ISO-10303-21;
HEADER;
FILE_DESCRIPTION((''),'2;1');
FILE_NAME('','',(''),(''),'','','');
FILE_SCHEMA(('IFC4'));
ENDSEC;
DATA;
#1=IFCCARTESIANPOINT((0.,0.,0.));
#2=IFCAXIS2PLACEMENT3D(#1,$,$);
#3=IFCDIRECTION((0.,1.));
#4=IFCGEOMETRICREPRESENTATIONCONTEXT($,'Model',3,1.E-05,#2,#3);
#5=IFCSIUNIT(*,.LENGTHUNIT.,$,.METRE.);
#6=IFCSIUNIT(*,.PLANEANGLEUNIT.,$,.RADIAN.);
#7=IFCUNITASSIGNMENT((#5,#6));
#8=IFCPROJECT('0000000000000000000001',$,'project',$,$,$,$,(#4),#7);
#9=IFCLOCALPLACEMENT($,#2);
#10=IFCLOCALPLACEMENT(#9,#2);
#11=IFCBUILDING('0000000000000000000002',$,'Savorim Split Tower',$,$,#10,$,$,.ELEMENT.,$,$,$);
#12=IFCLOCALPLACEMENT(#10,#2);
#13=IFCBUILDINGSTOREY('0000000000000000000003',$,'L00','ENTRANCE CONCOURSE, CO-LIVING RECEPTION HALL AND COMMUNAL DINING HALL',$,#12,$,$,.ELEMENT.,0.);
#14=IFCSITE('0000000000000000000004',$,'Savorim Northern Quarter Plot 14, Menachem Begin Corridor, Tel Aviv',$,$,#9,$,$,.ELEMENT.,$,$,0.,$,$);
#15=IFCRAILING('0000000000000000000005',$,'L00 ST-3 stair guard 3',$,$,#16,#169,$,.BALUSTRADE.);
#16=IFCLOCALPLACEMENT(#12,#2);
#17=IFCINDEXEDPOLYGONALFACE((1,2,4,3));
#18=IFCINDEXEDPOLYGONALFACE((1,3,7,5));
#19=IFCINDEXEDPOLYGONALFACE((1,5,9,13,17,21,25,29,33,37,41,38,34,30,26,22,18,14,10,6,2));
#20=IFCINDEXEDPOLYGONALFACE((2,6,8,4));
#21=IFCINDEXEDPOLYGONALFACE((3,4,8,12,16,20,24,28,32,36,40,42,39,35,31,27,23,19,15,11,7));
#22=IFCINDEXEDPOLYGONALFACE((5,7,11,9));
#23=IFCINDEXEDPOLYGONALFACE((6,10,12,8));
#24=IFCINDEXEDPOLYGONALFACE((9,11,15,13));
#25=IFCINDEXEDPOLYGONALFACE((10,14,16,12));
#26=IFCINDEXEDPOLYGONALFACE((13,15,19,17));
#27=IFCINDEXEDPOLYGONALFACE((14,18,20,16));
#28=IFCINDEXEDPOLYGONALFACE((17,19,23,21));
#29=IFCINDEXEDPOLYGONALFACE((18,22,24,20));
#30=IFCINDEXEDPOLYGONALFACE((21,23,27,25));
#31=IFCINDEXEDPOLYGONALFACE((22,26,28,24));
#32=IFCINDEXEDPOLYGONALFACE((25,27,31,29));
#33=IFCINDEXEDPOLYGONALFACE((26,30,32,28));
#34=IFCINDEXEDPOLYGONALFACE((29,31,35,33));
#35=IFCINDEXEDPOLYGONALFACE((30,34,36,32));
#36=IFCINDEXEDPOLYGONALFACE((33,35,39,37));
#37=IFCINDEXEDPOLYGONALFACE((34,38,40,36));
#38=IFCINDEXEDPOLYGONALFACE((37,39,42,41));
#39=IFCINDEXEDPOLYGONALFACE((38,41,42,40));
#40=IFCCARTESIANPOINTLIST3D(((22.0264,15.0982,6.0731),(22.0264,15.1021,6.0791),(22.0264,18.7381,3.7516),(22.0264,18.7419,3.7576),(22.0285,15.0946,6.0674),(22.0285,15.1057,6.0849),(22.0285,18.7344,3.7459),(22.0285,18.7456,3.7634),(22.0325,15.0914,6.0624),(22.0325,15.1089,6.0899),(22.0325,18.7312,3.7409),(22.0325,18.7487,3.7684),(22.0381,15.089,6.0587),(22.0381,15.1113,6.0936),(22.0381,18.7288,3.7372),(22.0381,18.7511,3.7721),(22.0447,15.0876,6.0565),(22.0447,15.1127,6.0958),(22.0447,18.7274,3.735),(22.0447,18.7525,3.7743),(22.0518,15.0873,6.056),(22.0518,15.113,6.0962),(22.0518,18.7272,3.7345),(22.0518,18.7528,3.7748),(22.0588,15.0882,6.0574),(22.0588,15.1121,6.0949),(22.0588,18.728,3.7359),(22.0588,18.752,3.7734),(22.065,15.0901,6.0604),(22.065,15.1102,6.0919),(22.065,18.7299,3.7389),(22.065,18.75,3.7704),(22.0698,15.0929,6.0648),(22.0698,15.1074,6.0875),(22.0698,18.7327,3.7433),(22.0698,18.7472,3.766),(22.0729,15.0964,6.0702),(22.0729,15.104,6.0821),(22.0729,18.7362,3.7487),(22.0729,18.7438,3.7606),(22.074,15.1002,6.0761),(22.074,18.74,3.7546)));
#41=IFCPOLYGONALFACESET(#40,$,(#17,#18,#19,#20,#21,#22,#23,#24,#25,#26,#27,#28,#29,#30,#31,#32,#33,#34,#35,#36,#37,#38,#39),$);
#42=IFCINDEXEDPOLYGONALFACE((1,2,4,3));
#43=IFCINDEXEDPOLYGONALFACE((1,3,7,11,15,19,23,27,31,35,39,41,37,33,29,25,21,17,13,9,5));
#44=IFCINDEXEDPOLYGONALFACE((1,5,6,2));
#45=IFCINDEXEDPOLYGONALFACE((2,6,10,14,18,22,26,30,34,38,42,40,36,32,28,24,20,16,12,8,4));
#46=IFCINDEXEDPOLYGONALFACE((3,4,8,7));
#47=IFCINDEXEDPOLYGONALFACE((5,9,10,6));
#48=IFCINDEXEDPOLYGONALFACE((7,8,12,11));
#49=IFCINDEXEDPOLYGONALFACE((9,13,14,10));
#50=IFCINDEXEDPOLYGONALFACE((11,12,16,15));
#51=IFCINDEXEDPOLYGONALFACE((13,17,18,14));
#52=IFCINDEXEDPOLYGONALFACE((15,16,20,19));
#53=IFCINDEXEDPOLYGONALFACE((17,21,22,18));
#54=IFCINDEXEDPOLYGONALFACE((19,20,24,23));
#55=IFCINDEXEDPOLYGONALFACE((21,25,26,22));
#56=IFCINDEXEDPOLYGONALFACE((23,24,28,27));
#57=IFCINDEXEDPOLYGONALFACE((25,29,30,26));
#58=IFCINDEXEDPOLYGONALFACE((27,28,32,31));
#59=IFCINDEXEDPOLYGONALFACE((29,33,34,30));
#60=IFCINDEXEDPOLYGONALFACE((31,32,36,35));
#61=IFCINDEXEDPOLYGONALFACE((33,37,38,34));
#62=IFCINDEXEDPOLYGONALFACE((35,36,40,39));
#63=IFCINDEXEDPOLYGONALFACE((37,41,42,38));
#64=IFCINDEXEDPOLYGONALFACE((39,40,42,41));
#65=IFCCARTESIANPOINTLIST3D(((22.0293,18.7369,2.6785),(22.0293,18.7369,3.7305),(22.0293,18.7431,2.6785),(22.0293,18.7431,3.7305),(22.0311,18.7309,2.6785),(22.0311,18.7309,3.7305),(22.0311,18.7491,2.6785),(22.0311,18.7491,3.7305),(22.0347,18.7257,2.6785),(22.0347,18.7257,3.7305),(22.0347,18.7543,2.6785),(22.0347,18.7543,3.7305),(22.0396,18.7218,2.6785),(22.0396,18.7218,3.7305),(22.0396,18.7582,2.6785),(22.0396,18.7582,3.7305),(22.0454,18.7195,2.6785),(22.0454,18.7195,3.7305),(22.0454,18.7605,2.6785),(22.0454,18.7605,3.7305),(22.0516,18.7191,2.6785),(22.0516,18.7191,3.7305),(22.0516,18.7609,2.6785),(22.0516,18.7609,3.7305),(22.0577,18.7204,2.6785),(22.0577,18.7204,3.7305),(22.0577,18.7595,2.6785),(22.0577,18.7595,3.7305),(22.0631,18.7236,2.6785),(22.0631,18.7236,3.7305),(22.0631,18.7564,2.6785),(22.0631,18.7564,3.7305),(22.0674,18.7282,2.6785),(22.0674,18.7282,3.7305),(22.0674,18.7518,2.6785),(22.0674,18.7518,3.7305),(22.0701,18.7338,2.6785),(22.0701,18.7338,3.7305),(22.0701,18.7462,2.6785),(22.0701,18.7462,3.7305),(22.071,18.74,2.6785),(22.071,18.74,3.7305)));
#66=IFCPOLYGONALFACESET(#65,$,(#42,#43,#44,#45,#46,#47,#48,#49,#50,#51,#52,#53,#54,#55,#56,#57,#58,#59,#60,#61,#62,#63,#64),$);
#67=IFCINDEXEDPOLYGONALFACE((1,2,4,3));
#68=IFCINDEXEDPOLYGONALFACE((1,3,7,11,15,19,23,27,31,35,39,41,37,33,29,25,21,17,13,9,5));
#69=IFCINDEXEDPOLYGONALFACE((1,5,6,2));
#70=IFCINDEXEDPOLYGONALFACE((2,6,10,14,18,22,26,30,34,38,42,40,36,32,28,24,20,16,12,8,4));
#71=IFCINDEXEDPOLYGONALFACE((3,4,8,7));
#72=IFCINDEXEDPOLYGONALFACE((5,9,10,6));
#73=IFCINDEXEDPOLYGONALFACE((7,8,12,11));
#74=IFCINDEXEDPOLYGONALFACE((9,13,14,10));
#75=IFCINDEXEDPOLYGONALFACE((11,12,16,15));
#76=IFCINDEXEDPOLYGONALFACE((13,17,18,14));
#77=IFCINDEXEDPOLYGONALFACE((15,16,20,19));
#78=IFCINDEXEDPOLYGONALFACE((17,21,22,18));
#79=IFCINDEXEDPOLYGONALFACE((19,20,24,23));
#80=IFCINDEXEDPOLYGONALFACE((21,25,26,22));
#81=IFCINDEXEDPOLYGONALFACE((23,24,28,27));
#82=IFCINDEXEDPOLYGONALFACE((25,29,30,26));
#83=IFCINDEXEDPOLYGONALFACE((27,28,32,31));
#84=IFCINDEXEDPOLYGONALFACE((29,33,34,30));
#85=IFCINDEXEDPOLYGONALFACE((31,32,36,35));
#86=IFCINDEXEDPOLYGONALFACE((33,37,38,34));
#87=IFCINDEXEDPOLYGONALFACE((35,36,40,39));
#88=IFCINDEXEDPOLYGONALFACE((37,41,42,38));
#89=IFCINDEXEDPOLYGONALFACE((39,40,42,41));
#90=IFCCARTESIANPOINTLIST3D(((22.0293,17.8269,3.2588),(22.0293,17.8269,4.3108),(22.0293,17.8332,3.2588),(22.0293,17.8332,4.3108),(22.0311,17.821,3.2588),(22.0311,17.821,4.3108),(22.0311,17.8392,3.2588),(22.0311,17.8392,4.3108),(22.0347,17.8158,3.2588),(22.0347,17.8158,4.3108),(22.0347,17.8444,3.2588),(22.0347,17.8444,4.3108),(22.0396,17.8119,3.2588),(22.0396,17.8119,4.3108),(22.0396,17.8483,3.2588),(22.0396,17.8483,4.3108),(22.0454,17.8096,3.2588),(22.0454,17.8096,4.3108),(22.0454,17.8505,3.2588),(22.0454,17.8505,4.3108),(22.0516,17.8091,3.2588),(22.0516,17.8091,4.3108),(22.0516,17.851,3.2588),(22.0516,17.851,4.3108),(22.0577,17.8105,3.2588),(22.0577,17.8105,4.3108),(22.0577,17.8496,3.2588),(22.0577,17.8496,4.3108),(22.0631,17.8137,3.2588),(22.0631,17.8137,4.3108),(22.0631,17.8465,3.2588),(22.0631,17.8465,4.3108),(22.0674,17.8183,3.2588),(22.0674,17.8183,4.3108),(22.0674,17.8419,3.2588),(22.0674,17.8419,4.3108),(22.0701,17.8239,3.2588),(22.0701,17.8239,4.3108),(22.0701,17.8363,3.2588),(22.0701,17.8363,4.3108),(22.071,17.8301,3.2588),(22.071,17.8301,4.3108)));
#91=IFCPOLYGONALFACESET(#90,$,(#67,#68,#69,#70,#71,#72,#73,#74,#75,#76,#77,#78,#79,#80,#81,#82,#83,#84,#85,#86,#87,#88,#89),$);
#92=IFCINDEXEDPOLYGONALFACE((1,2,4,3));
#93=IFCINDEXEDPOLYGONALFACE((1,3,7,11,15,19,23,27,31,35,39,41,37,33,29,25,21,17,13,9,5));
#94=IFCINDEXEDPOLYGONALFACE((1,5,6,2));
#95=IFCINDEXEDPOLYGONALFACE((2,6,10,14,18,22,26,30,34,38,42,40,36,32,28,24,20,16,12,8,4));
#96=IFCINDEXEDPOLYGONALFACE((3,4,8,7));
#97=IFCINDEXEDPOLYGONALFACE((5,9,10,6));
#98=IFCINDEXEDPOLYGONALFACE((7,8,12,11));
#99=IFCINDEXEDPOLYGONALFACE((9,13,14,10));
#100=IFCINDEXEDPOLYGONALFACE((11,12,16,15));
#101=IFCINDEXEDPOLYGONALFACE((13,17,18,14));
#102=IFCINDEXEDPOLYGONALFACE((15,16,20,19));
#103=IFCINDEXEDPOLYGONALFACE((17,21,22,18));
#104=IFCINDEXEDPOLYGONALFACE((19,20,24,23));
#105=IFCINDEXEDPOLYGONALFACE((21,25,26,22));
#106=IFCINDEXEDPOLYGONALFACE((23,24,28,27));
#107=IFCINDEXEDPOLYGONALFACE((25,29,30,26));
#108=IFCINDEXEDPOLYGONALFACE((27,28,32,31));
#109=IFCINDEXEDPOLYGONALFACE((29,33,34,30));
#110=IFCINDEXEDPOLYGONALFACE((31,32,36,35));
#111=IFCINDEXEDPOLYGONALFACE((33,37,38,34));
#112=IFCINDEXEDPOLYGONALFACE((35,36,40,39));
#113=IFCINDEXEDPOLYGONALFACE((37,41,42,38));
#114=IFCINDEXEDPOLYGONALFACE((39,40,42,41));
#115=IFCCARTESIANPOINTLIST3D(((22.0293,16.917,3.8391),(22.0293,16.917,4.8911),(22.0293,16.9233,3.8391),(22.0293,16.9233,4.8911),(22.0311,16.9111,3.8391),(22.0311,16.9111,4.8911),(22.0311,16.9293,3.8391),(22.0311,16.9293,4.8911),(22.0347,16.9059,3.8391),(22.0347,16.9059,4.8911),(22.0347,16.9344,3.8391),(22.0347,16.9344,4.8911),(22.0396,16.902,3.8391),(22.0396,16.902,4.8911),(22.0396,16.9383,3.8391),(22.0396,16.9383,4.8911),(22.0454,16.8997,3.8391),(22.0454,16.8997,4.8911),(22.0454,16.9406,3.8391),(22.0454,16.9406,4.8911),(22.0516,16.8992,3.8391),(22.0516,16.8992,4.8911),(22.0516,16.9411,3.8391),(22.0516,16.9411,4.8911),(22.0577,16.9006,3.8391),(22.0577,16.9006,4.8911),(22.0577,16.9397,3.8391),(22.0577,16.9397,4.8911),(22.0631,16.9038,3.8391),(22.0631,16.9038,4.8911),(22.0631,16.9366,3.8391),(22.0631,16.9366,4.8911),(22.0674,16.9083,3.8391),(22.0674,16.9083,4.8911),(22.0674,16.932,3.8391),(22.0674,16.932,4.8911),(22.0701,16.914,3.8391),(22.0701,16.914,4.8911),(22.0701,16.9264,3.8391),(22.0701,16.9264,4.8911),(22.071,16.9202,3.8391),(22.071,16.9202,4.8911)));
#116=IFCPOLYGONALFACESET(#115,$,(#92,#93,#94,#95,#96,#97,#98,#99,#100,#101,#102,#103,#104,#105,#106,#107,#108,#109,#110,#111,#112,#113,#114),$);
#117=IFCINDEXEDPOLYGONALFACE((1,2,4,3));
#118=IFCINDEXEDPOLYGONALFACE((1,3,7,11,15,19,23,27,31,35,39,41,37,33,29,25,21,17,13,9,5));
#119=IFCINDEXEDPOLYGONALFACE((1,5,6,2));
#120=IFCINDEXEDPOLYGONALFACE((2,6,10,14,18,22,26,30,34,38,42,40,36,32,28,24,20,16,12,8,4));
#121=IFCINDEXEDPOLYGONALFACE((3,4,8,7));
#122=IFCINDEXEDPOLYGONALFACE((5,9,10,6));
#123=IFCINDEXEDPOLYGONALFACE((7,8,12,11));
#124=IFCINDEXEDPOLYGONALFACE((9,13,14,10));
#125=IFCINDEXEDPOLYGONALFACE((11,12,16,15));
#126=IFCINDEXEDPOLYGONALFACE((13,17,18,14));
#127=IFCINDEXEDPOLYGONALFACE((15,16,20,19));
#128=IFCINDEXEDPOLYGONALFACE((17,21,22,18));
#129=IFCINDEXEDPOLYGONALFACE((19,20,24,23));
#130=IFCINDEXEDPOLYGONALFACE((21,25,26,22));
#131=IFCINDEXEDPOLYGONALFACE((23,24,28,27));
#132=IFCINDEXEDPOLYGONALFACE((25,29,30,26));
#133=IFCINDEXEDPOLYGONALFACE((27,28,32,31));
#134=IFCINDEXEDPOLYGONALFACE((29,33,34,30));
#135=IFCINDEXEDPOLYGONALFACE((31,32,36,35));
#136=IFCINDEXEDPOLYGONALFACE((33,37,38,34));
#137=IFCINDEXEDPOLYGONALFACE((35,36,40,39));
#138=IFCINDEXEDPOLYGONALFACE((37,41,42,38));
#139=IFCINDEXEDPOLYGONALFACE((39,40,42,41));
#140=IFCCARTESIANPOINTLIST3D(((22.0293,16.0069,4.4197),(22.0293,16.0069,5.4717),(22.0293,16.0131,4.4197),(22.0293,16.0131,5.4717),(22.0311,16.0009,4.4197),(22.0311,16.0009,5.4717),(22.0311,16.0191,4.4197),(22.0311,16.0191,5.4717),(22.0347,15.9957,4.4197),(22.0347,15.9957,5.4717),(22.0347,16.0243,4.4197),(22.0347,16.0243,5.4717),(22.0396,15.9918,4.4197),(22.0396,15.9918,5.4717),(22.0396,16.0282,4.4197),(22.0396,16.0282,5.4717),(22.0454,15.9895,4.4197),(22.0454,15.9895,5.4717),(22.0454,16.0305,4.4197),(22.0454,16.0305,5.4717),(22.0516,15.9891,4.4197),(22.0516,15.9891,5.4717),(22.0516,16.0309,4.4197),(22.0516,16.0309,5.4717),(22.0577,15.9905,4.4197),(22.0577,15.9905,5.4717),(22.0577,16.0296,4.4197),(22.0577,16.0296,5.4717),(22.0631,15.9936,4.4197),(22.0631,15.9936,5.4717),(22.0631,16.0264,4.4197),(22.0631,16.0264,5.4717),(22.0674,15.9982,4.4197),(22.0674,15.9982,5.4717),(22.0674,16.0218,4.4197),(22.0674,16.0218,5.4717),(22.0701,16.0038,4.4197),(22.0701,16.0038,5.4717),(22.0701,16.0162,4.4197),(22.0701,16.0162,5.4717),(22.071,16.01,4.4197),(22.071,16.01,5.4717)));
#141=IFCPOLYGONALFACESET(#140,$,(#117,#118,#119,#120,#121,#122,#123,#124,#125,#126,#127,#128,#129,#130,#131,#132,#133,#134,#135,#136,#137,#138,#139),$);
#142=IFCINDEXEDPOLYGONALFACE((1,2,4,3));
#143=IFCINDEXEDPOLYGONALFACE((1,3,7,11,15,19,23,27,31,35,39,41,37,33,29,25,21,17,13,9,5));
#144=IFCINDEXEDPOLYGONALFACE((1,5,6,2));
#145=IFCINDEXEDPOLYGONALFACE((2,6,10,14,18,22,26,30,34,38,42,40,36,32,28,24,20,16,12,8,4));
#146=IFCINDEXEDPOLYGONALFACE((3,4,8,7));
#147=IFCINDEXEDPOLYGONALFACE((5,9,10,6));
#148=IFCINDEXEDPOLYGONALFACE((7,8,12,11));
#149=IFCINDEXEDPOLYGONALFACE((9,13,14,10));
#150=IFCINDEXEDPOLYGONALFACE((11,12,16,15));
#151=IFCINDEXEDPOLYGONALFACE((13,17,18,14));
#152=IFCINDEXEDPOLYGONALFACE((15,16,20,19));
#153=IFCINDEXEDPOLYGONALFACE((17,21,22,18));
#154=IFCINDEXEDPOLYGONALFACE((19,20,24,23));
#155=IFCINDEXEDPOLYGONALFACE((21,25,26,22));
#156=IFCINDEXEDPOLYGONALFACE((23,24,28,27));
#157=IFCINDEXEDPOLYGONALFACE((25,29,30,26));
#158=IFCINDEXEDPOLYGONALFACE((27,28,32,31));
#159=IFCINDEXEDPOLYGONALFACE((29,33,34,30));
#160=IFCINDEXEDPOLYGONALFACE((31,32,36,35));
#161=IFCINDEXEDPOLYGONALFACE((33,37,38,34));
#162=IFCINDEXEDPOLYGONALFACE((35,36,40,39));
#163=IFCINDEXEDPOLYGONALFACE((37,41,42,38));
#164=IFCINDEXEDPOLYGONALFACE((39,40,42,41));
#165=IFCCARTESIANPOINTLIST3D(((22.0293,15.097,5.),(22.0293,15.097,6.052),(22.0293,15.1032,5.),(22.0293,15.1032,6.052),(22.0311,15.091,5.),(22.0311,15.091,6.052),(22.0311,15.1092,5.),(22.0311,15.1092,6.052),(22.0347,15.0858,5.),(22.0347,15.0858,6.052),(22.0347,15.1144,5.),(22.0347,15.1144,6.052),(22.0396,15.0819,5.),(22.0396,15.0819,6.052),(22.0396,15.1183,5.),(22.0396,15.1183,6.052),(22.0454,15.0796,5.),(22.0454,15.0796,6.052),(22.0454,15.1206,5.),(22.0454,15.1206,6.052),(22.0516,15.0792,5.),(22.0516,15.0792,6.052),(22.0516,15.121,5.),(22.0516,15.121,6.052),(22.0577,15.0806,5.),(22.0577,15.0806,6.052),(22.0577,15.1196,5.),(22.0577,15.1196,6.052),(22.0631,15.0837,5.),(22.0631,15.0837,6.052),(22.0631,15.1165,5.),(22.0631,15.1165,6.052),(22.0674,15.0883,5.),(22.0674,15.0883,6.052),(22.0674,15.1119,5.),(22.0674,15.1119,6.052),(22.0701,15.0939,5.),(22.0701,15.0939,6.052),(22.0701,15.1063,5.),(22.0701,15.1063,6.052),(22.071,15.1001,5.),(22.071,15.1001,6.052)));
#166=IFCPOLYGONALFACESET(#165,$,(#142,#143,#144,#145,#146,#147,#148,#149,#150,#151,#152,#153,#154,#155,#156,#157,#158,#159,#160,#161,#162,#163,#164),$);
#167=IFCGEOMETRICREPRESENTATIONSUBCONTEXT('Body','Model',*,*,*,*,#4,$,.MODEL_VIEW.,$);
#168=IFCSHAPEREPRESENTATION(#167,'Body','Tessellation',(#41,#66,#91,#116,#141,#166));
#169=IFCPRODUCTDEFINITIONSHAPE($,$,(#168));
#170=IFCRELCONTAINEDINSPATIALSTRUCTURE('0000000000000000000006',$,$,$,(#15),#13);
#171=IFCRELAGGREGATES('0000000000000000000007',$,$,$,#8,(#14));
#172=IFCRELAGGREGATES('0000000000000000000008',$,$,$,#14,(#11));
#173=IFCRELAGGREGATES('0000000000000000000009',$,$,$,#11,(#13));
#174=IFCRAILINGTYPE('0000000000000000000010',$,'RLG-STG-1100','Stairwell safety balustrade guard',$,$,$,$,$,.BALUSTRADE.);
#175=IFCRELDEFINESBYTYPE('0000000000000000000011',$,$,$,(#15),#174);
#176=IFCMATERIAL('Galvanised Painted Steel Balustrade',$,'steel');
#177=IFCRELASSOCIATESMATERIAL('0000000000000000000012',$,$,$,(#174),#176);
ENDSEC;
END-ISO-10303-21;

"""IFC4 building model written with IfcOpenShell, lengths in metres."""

from ifc_helpers import new_model, si_unit, direction, frame, origin, origin_2d, place, context, subcontext, project, spatial, circle, extrude, material, type_object, element, save


model = new_model("IFC4")

# Units and contexts
model_context = context("Model", 3, precision=1e-05, world=origin(), true_north=direction((0.0, 1.0)))
body_context = subcontext(model_context, "Body", "Model", "MODEL_VIEW")
ifc_project = project(units=[si_unit("LENGTHUNIT", "METRE"), si_unit("PLANEANGLEUNIT", "RADIAN")], contexts=[model_context])

# Site, building, storey
site_placement = place(None, origin())
site = spatial("IfcSite", under=ifc_project, at=site_placement, Name="Savorim Northern Quarter Plot 14, Menachem Begin Corridor, Tel Aviv", CompositionType="ELEMENT", RefElevation=0.0)
building_placement = place(site_placement, origin())
building = spatial("IfcBuilding", under=site, at=building_placement, Name="Savorim Split Tower", CompositionType="ELEMENT")
storey_placement = place(building_placement, origin())
storey = spatial("IfcBuildingStorey", under=building, at=storey_placement, Name="L00", Description="ENTRANCE CONCOURSE, CO-LIVING RECEPTION HALL AND COMMUNAL DINING HALL", CompositionType="ELEMENT", Elevation=0.0)

# Railing
ifc_material_1 = material(Name="Galvanised Painted Steel Balustrade", Category="steel")
railing_type_1 = type_object("IfcRailingType", Name="RLG-STG-1100", Description="Stairwell safety balustrade guard", PredefinedType="BALUSTRADE", material=ifc_material_1)
railing_1_placement = place(storey_placement, frame((22.05, 18.74, 2.6785)))
element("IfcRailing", 1, at=railing_1_placement, inside=storey, type_object=railing_type_1, Name="L00 ST-3 stair guard 3", PredefinedType="BALUSTRADE", context=body_context, shape_type="SweptSolid", body=[
    extrude(circle(Radius=0.0239, at=origin_2d()), frame((0.0, 0.0, 1.0762), z_axis=(0.0, -0.843112, 0.537739), x_axis=(1.0, 0.0, 0.0)), (0.0, 0.0, 1.0), 4.3171),
    extrude(circle(Radius=0.021, at=origin_2d()), origin(), (0.0, 0.0, 1.0), 1.052),
    extrude(circle(Radius=0.021, at=origin_2d()), frame((0.0, -0.9099, 0.5803)), (0.0, 0.0, 1.0), 1.052),
    extrude(circle(Radius=0.021, at=origin_2d()), frame((0.0, -1.8198, 1.1606)), (0.0, 0.0, 1.0), 1.052),
    extrude(circle(Radius=0.021, at=origin_2d()), frame((0.0, -2.73, 1.7412)), (0.0, 0.0, 1.0), 1.052),
    extrude(circle(Radius=0.021, at=origin_2d()), frame((0.0, -3.6399, 2.3215)), (0.0, 0.0, 1.0), 1.052),
])

save(model, "model.ifc")
